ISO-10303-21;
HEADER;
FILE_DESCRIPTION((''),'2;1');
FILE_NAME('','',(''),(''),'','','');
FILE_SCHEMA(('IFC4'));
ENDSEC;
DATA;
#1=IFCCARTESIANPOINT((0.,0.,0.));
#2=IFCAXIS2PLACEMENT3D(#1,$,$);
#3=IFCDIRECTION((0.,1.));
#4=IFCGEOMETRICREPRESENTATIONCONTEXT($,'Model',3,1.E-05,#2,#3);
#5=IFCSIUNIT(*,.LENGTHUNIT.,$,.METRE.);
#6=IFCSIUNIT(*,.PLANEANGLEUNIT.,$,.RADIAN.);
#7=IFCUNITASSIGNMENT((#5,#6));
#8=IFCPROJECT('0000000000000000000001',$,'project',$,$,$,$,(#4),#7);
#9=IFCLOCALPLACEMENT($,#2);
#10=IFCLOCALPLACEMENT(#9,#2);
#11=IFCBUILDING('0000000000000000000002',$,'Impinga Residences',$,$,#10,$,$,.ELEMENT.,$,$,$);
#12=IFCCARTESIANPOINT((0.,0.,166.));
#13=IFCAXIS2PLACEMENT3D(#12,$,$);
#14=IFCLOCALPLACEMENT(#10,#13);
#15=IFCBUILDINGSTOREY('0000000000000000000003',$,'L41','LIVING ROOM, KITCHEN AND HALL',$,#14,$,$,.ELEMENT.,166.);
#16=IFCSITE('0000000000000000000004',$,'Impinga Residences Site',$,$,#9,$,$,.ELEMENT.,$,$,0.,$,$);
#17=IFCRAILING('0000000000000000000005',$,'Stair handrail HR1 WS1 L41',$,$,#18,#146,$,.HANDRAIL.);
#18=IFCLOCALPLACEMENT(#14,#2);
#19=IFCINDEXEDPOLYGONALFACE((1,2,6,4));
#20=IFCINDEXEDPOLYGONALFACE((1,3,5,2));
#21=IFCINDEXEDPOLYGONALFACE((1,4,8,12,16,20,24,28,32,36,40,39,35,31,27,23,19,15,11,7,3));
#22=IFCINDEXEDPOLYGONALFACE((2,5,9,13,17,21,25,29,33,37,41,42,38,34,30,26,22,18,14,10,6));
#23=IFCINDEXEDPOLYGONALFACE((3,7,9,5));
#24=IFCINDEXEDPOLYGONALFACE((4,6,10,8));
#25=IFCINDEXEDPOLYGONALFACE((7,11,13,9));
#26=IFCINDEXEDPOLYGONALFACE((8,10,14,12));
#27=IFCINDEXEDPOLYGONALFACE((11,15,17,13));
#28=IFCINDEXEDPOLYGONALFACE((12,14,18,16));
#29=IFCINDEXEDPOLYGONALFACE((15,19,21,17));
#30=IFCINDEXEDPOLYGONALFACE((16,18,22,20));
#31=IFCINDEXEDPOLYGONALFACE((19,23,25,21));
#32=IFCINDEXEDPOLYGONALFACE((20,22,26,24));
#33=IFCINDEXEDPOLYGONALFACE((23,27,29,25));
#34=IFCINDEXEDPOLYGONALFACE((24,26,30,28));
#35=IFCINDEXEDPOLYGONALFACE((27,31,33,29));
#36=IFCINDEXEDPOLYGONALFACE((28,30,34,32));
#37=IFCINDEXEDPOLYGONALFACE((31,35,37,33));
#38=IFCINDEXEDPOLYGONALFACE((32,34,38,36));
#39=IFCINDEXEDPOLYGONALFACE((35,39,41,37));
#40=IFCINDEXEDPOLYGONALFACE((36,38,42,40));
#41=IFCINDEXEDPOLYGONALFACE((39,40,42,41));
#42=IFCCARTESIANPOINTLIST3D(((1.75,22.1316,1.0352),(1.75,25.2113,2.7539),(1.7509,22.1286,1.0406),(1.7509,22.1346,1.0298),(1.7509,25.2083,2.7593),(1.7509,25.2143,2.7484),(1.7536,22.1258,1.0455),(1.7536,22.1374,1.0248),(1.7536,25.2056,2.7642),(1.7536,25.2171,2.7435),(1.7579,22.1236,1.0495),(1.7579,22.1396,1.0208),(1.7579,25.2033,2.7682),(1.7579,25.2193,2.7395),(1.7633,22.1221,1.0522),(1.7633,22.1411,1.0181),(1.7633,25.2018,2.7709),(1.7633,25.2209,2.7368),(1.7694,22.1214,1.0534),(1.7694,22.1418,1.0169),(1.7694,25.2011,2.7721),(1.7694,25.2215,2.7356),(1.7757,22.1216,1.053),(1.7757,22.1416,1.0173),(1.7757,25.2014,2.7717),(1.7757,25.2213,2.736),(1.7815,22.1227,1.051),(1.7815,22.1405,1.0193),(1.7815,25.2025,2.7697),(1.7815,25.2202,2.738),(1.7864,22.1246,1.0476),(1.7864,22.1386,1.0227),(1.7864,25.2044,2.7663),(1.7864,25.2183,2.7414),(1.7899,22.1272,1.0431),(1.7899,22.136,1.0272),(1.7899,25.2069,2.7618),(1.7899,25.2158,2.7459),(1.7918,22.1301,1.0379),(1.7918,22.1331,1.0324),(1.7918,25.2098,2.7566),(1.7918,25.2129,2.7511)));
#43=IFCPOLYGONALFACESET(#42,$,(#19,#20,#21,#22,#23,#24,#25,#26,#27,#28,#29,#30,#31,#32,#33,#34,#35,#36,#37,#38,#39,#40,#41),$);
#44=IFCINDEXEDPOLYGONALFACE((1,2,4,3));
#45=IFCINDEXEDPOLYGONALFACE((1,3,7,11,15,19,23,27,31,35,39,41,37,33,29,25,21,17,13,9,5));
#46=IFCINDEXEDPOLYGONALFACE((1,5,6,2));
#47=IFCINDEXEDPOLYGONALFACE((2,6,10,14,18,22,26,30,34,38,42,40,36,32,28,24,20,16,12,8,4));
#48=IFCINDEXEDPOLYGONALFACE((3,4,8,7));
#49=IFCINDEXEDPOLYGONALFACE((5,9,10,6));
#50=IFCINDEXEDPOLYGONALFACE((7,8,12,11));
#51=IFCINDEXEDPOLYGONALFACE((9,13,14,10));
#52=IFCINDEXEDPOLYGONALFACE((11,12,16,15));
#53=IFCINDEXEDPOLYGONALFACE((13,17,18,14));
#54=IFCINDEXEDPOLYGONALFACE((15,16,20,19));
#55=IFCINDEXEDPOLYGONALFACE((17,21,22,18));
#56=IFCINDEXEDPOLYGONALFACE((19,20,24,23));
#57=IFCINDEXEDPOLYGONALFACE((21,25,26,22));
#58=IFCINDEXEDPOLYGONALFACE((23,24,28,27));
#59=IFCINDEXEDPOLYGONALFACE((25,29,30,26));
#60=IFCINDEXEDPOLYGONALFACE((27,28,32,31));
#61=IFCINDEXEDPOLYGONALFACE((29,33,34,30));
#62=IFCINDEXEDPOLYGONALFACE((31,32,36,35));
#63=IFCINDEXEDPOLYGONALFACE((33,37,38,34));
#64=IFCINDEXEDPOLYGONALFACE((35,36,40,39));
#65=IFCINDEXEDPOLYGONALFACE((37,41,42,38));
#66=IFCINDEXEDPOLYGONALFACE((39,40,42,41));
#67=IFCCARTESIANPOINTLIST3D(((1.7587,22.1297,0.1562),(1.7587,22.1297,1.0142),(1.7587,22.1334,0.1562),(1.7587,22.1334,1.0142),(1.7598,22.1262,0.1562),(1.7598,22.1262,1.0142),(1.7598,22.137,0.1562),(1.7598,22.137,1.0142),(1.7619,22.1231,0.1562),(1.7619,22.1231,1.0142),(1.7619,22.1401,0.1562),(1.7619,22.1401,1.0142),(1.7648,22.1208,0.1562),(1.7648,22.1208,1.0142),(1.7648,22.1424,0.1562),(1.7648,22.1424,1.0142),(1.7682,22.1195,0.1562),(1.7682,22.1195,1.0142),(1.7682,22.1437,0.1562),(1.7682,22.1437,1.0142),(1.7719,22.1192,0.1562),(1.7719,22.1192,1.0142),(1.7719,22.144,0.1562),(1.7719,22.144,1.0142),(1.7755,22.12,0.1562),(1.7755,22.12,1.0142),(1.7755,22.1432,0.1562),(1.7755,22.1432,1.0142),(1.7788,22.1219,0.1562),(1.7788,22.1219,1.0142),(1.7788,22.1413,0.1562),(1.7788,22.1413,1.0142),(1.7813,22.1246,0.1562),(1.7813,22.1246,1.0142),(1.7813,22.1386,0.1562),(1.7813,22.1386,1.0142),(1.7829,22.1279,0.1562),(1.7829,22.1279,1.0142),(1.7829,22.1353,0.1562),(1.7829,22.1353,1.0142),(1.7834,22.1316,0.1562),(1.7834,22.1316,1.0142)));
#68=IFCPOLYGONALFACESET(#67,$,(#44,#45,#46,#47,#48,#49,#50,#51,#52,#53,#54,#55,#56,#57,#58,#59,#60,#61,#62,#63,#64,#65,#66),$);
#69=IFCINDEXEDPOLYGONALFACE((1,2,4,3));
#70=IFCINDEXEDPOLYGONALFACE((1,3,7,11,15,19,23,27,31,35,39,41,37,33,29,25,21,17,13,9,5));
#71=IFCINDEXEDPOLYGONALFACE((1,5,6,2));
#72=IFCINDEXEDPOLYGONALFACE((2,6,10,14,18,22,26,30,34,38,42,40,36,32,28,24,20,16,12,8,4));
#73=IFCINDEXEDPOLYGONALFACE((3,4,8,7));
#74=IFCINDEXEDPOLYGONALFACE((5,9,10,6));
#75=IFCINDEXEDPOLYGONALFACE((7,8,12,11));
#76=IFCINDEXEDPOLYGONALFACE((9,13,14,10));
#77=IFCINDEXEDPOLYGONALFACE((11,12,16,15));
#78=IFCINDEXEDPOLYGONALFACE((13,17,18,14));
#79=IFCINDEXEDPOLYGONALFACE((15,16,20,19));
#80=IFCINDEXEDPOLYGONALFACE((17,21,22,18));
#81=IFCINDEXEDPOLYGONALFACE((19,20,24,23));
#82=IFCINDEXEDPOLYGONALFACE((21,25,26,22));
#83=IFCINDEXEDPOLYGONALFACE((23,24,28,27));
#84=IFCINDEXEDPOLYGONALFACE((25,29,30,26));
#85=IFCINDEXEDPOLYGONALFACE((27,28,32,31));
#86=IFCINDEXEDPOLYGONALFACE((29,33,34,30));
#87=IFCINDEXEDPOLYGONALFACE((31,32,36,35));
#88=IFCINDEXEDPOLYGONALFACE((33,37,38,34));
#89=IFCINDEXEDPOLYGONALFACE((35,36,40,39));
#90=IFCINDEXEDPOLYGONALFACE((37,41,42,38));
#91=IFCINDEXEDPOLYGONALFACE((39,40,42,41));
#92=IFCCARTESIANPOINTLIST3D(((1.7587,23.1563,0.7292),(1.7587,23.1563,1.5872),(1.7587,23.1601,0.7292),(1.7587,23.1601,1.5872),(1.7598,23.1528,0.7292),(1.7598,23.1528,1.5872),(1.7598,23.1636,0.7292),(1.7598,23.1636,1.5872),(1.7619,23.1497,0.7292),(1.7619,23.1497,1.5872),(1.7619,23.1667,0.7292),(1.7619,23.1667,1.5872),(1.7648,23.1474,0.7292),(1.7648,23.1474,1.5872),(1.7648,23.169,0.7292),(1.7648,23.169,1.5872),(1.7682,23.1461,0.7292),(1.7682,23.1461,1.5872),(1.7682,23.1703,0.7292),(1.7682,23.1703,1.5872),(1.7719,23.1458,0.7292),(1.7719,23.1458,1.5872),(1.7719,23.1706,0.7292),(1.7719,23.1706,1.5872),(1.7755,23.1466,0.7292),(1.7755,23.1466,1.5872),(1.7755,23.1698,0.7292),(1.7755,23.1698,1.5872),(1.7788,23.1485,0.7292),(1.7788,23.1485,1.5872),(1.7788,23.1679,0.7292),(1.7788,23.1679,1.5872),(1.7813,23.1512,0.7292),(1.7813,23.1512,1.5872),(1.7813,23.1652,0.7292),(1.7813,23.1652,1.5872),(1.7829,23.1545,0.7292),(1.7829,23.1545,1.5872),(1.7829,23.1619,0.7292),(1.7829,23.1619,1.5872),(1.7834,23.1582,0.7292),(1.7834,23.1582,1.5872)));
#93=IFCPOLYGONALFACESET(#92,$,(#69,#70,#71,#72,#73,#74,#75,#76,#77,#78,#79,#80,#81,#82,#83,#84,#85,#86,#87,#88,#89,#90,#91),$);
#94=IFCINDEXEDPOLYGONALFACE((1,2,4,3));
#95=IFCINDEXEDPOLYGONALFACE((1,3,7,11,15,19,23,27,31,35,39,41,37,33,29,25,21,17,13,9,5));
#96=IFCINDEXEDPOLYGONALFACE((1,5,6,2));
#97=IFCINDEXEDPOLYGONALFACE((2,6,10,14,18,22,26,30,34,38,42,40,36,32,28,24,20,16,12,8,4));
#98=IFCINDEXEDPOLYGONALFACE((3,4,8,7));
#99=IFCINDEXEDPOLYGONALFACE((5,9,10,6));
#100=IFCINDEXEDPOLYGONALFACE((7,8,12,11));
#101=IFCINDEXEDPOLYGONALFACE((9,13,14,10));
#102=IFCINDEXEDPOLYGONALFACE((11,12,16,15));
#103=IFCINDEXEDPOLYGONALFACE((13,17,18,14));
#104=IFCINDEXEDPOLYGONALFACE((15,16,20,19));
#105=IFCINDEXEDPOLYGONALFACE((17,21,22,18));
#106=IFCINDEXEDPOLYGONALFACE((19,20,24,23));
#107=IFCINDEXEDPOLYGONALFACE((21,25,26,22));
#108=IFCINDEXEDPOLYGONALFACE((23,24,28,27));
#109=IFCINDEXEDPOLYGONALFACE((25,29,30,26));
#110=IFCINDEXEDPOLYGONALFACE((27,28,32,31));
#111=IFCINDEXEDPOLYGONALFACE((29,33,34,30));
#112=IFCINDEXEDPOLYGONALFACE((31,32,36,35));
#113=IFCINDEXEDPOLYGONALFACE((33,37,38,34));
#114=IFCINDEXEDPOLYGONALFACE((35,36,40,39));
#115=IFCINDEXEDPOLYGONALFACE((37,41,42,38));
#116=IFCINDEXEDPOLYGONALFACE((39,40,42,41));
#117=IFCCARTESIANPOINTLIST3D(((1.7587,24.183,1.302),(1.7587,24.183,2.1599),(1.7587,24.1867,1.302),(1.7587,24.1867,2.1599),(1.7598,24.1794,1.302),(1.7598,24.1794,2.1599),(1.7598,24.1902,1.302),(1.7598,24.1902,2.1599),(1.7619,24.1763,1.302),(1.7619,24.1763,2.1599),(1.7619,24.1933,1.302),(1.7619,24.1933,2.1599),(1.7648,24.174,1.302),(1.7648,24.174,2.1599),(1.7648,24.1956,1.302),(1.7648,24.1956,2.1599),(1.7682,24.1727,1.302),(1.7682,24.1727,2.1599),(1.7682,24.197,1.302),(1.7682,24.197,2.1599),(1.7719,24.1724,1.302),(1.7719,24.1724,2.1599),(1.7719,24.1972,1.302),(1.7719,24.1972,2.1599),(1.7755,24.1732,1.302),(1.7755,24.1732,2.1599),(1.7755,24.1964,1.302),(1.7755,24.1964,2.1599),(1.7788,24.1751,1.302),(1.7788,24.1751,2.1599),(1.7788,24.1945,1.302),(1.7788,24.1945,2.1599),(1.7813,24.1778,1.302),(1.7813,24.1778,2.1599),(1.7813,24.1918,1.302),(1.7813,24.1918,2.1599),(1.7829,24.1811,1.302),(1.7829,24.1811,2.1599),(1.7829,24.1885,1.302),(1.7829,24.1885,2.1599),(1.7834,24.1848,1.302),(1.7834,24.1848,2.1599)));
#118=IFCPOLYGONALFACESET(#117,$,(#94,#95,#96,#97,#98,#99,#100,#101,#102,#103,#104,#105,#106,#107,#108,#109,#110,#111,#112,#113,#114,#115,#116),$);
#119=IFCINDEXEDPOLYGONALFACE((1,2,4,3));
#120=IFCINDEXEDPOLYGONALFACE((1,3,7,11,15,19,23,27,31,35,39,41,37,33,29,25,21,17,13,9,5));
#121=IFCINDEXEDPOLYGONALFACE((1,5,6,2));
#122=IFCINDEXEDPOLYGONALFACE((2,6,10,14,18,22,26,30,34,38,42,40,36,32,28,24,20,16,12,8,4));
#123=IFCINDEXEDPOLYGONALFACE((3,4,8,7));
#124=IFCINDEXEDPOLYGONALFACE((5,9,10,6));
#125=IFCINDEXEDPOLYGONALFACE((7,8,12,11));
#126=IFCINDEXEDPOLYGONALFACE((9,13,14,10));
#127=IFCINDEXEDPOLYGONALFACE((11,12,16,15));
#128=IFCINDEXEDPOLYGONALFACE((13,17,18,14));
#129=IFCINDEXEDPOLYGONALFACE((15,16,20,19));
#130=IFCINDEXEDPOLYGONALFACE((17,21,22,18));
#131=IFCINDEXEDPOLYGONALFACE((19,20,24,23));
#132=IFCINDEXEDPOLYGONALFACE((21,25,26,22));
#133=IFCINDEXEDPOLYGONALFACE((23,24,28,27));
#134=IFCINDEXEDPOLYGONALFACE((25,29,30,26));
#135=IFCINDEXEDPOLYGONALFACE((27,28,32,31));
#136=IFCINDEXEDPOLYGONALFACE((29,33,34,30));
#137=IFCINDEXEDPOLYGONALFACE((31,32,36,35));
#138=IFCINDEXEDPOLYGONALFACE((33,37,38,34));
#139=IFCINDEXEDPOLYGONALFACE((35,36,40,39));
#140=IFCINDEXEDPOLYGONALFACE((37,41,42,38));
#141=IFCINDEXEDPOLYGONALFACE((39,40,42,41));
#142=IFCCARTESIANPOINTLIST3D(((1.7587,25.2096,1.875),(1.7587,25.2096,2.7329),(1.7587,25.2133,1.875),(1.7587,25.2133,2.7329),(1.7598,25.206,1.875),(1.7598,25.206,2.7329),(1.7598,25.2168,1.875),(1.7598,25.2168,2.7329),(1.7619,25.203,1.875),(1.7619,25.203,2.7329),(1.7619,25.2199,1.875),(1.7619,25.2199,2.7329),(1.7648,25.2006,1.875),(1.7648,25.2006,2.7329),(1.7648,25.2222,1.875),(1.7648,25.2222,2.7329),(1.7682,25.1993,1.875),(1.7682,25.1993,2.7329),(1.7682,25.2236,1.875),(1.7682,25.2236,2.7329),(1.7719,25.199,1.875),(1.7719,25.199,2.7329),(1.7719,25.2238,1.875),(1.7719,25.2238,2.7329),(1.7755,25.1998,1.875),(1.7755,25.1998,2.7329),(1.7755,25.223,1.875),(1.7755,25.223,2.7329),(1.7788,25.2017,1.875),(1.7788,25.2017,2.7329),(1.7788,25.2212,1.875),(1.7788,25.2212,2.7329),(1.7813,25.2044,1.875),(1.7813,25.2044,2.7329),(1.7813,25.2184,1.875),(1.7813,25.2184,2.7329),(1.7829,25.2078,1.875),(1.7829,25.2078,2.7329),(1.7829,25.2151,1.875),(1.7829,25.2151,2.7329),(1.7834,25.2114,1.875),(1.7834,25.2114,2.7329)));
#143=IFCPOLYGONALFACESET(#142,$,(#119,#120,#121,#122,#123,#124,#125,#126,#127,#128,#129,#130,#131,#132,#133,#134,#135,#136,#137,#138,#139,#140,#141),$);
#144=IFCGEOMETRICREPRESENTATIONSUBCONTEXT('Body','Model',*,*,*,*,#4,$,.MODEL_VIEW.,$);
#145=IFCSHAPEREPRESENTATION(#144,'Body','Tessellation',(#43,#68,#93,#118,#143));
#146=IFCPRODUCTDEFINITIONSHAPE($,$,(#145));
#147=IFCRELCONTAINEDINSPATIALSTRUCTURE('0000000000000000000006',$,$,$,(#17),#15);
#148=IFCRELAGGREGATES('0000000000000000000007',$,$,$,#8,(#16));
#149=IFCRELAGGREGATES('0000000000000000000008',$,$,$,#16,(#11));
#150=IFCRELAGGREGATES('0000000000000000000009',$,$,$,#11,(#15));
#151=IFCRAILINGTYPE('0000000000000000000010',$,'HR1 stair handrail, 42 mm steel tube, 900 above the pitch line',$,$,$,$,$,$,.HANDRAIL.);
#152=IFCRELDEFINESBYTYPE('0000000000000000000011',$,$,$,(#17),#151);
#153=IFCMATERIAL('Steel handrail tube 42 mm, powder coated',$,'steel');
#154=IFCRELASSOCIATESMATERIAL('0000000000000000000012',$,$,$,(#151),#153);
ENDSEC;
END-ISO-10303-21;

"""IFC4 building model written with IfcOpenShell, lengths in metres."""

from ifc_helpers import new_model, si_unit, direction, frame, origin, origin_2d, place, context, subcontext, project, spatial, circle, extrude, material, type_object, element, save


model = new_model("IFC4")

# Units and contexts
model_context = context("Model", 3, precision=1e-05, world=origin(), true_north=direction((0.0, 1.0)))
body_context = subcontext(model_context, "Body", "Model", "MODEL_VIEW")
ifc_project = project(units=[si_unit("LENGTHUNIT", "METRE"), si_unit("PLANEANGLEUNIT", "RADIAN")], contexts=[model_context])

# Site, building, storey
site_placement = place(None, origin())
site = spatial("IfcSite", under=ifc_project, at=site_placement, Name="Impinga Residences Site", CompositionType="ELEMENT", RefElevation=0.0)
building_placement = place(site_placement, origin())
building = spatial("IfcBuilding", under=site, at=building_placement, Name="Impinga Residences", CompositionType="ELEMENT")
storey_placement = place(building_placement, frame((0.0, 0.0, 166.0)))
storey = spatial("IfcBuildingStorey", under=building, at=storey_placement, Name="L41", Description="LIVING ROOM, KITCHEN AND HALL", CompositionType="ELEMENT", Elevation=166.0)

# Railing
ifc_material_1 = material(Name="Steel handrail tube 42 mm, powder coated", Category="steel")
railing_type_1 = type_object("IfcRailingType", Name="HR1 stair handrail, 42 mm steel tube, 900 above the pitch line", PredefinedType="HANDRAIL", material=ifc_material_1)
railing_1_placement = place(storey_placement, frame((1.771, 22.1316, 0.1562)))
element("IfcRailing", 1, at=railing_1_placement, inside=storey, type_object=railing_type_1, Name="Stair handrail HR1 WS1 L41", PredefinedType="HANDRAIL", context=body_context, shape_type="SweptSolid", body=[
    extrude(circle(Radius=0.021, at=origin_2d()), frame((0.0, 0.0, 0.8789), z_axis=(0.0, 0.873225, 0.487317), x_axis=(-1.0, 0.0, 0.0)), (0.0, 0.0, 1.0), 3.5269),
    extrude(circle(Radius=0.0125, at=origin_2d()), origin(), (0.0, 0.0, 1.0), 0.8579),
    extrude(circle(Radius=0.0125, at=origin_2d()), frame((0.0, 1.0266, 0.573)), (0.0, 0.0, 1.0), 0.8579),
    extrude(circle(Radius=0.0125, at=origin_2d()), frame((0.0, 2.0532, 1.1458)), (0.0, 0.0, 1.0), 0.8579),
    extrude(circle(Radius=0.0125, at=origin_2d()), frame((0.0, 3.0798, 1.7188)), (0.0, 0.0, 1.0), 0.8579),
])

save(model, "model.ifc")
